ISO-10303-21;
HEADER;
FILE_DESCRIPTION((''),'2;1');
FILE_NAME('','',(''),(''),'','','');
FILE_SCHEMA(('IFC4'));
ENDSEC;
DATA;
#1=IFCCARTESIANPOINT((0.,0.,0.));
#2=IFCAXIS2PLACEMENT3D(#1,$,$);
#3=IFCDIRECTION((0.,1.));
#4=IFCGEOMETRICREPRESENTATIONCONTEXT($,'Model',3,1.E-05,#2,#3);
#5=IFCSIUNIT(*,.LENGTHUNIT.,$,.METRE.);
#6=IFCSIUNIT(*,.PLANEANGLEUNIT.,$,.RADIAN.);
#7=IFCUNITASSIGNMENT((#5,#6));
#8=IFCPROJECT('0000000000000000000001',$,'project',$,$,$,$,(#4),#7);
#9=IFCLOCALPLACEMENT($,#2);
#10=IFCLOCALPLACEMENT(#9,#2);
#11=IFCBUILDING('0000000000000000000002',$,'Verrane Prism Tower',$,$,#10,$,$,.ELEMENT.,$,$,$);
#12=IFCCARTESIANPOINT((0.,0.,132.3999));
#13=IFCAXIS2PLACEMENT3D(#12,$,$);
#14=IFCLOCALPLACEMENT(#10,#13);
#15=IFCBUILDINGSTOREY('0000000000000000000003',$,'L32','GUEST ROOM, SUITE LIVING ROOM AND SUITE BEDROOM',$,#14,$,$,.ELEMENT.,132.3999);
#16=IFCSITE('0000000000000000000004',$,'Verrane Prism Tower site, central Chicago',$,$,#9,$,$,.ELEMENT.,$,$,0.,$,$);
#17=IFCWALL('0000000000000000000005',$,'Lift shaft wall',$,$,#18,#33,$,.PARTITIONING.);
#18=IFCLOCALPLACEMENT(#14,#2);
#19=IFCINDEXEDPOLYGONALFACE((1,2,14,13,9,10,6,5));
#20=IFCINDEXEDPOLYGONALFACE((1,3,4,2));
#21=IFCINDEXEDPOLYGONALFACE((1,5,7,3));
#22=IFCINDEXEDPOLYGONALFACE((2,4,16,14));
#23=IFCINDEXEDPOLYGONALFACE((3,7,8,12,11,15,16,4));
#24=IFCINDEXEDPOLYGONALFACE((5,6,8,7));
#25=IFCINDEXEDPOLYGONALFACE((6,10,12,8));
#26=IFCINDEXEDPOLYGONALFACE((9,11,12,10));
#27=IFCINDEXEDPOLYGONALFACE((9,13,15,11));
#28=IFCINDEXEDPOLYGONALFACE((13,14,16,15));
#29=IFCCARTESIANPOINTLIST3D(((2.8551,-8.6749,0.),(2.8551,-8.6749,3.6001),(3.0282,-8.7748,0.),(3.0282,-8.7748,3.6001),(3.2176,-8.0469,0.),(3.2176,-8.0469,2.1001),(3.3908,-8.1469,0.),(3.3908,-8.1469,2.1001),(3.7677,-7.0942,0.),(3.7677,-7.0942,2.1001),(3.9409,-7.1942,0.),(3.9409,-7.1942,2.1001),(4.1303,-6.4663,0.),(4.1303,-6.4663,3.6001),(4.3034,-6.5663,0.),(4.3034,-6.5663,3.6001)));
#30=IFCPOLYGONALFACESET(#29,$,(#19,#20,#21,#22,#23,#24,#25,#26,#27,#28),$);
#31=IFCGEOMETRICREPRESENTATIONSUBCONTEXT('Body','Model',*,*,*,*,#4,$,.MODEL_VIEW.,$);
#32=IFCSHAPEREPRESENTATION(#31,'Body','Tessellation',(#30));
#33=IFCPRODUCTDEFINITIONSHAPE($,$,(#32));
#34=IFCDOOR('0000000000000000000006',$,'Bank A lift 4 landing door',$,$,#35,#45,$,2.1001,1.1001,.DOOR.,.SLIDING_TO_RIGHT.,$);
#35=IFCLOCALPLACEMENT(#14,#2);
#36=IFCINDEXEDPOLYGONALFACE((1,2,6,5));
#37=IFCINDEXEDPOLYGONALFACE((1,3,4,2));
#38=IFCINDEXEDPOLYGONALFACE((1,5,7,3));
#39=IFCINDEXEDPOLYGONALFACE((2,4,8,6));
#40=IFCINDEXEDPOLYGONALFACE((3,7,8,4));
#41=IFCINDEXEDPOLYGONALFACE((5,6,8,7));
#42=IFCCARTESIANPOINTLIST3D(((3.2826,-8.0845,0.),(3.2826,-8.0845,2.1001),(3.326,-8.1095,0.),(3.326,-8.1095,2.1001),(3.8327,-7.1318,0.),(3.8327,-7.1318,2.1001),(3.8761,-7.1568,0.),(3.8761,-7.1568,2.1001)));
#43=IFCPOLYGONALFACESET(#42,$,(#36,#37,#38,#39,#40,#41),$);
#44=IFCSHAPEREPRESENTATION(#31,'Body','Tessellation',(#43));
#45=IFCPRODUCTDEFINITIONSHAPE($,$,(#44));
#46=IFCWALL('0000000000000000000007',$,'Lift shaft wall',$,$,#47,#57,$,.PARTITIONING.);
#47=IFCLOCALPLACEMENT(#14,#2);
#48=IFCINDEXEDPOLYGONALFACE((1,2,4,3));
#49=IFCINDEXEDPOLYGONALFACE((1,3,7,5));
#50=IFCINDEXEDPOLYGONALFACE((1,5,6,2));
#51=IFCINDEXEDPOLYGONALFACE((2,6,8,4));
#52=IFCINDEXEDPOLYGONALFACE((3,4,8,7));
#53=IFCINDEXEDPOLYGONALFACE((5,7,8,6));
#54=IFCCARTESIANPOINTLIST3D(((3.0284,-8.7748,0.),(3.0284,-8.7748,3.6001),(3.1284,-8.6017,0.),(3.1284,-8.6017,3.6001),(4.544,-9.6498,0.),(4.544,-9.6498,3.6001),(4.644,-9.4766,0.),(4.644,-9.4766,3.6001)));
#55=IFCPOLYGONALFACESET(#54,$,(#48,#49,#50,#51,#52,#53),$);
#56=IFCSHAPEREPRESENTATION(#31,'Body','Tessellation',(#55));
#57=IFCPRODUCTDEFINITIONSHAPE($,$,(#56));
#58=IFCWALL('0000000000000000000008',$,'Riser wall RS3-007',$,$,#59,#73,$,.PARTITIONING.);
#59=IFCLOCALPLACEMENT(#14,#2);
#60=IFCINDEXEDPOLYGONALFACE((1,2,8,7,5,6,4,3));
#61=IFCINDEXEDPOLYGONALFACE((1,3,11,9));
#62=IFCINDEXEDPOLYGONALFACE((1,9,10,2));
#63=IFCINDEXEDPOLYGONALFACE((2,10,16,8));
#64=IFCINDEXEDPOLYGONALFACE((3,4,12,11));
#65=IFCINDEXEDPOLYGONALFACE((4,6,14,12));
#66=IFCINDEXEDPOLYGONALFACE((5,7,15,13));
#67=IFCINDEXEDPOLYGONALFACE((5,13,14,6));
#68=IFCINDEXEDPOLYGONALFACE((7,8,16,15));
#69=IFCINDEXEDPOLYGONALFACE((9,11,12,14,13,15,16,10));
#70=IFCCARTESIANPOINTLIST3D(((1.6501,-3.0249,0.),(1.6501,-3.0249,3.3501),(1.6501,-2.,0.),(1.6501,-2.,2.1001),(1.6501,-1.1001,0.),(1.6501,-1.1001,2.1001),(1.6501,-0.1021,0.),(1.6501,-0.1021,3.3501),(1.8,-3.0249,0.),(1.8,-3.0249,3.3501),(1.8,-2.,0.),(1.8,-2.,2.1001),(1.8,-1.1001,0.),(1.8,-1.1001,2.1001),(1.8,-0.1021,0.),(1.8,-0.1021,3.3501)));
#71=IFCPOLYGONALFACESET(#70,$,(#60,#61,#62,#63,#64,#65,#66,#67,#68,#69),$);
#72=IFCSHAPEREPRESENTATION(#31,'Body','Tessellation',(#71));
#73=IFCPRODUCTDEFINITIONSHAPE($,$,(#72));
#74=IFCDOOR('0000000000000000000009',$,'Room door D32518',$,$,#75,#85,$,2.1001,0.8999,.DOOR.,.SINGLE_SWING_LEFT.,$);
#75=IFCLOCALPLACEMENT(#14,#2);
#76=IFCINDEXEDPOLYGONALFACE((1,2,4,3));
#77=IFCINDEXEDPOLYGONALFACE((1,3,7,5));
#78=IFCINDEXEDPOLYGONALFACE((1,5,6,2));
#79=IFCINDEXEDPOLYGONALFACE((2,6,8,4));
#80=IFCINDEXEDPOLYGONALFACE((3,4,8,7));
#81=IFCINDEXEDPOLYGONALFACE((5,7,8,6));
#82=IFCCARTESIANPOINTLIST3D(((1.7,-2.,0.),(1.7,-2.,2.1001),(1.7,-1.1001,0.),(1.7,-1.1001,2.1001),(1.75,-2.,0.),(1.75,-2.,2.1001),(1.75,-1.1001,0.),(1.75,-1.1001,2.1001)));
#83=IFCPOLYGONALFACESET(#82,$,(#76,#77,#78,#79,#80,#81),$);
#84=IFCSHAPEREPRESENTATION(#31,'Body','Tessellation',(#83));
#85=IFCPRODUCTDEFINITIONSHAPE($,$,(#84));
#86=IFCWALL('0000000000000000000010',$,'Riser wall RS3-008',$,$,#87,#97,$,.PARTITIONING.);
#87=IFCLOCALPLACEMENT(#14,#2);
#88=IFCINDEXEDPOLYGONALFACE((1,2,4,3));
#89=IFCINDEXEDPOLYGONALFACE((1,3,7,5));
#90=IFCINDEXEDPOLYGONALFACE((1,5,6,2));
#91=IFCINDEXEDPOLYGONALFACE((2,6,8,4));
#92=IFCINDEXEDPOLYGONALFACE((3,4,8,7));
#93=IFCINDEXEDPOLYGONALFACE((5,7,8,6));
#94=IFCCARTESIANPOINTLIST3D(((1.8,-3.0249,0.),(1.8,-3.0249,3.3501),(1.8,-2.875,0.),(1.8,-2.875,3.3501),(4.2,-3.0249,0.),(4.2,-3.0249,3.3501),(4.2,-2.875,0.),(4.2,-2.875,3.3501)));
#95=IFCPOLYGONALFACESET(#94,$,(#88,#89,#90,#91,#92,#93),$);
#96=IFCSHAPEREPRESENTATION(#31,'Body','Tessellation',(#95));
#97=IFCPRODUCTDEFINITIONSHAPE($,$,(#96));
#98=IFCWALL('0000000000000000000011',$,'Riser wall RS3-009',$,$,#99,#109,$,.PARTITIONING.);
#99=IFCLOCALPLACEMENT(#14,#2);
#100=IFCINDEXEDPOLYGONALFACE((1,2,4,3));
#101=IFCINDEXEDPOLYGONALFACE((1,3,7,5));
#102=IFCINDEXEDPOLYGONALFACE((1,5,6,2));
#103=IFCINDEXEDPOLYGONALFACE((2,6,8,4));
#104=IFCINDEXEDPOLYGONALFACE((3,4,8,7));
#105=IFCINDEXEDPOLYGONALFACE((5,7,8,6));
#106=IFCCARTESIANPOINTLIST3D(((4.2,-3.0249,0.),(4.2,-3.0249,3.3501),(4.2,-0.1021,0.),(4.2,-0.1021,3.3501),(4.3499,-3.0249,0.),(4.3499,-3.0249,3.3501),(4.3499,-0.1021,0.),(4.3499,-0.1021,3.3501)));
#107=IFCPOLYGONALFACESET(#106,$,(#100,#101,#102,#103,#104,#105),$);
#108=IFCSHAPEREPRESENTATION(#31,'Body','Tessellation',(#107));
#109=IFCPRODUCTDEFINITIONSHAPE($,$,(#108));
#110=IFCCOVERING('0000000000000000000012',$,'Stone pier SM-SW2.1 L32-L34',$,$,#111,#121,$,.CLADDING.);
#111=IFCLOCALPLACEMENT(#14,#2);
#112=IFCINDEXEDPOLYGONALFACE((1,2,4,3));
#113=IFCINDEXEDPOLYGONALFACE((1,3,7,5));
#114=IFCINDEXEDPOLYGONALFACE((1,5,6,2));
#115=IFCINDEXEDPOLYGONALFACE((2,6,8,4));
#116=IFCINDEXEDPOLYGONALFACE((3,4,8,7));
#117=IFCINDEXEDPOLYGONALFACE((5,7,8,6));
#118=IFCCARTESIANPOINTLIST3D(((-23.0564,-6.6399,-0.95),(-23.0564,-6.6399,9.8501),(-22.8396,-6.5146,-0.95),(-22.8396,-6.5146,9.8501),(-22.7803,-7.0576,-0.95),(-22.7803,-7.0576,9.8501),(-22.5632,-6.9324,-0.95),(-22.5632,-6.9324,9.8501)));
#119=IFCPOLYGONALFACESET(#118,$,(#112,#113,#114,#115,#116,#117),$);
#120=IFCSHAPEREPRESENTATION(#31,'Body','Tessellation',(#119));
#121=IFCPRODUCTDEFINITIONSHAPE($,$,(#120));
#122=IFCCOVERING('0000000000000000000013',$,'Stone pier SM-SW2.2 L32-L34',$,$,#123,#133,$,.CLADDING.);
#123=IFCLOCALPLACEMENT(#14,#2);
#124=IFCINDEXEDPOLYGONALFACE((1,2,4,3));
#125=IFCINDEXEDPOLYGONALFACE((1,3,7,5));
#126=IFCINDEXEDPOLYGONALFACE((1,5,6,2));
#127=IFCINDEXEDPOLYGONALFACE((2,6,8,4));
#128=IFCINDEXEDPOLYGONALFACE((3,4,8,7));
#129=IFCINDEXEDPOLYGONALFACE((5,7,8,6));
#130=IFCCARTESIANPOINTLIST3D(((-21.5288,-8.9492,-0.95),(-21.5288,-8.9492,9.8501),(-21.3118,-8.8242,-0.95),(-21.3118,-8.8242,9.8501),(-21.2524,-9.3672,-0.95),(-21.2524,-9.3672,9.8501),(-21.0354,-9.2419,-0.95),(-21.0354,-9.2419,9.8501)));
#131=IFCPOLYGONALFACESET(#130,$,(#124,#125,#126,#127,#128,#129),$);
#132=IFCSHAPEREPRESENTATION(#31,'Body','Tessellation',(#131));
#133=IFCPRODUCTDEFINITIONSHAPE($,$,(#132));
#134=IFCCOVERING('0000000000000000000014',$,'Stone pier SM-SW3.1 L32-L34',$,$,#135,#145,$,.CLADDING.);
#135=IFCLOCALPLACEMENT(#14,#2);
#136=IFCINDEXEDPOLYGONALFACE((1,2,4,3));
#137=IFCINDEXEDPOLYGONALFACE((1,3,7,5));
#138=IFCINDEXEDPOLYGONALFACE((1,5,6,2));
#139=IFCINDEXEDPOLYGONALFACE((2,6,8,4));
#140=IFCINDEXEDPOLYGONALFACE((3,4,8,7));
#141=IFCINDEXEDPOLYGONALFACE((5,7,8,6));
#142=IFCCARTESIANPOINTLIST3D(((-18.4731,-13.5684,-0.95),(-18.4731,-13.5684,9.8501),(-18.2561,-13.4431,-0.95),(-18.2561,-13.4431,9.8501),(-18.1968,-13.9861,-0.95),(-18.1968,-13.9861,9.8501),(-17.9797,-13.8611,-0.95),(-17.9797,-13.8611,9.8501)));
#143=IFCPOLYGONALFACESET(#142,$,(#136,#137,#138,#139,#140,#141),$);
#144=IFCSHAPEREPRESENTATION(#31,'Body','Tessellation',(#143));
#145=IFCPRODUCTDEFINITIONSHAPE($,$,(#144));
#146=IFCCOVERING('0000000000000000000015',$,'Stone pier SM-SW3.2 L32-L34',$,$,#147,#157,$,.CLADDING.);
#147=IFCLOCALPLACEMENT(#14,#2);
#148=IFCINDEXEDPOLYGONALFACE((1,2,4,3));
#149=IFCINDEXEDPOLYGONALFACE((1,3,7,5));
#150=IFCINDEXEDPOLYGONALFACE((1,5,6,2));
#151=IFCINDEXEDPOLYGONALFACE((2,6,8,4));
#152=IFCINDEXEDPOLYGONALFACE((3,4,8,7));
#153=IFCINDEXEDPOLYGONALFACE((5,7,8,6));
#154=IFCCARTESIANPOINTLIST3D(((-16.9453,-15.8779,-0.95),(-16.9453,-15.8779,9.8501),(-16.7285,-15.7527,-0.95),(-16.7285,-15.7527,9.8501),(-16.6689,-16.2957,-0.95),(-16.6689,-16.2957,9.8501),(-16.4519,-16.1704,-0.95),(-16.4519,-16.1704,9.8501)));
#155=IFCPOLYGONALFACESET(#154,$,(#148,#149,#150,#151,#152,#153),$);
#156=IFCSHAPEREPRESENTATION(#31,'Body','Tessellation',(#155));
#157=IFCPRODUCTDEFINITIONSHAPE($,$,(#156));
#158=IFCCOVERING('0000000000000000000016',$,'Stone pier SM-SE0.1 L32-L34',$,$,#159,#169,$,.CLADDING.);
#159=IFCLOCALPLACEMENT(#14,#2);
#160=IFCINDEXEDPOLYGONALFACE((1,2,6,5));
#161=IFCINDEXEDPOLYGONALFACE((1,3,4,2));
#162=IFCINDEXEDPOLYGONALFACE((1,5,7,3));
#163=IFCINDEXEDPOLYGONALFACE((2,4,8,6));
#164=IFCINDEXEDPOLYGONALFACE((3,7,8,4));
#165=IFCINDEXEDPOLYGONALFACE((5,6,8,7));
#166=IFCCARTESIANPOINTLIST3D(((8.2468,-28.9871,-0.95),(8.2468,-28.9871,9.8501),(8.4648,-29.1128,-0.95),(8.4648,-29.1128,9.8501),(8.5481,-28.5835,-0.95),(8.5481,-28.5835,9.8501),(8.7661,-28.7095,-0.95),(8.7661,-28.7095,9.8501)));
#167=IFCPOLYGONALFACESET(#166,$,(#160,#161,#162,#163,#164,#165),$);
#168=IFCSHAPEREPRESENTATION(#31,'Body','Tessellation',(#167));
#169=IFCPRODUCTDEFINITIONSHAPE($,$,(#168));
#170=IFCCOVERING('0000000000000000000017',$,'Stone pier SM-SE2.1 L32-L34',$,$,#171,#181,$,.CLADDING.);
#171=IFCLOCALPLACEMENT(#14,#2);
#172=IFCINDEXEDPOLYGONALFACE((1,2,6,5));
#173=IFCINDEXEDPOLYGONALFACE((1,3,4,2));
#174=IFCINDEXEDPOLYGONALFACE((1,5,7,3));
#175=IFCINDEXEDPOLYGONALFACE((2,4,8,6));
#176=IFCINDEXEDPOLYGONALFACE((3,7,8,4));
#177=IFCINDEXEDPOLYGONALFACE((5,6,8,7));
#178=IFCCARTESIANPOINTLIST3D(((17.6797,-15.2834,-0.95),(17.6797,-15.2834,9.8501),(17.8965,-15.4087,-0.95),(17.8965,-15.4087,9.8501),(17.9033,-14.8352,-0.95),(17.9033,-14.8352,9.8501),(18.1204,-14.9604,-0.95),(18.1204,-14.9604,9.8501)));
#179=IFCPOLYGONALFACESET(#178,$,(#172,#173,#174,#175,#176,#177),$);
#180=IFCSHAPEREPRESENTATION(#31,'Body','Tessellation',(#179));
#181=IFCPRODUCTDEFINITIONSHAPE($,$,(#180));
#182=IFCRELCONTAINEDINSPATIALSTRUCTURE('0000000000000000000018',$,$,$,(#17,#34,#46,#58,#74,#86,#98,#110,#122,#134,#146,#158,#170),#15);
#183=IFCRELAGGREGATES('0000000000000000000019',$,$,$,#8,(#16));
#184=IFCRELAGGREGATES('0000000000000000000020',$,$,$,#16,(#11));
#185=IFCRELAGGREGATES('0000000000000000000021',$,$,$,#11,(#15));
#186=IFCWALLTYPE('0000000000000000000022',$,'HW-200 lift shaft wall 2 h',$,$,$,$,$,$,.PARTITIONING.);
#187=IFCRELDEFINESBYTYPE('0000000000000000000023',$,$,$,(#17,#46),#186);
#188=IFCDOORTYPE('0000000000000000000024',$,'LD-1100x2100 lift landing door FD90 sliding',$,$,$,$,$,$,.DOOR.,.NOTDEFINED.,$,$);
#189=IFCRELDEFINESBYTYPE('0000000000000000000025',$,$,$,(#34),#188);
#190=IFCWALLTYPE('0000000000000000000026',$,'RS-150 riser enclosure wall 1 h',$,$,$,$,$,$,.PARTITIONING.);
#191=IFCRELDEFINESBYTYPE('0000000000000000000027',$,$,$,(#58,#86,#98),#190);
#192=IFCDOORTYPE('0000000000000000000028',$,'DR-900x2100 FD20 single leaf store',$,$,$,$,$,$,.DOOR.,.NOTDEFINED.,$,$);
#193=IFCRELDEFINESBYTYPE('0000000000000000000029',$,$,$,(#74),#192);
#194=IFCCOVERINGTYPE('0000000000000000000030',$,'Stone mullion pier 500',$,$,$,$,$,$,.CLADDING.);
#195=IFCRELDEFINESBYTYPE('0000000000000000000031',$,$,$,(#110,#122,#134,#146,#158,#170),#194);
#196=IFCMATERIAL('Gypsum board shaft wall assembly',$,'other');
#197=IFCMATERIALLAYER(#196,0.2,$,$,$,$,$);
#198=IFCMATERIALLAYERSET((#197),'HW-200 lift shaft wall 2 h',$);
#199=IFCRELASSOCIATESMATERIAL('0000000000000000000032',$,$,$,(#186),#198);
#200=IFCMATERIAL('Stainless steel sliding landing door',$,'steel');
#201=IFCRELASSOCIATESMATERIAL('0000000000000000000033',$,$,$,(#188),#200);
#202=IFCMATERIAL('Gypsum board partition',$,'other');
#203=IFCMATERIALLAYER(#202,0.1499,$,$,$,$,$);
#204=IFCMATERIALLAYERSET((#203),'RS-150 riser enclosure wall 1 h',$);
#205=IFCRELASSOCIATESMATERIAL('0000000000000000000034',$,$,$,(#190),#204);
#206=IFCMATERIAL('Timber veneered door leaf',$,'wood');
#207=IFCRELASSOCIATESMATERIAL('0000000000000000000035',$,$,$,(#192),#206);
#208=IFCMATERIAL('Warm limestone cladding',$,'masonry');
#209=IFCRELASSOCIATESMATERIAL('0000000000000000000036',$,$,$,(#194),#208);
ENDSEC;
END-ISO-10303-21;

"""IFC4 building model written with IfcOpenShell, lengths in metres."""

from ifc_helpers import new_model, si_unit, direction, frame, frame_2d, origin, place, context, subcontext, project, spatial, polyline, rectangle, outline, extrude, material, layer, layer_set, type_object, element, fill, save


model = new_model("IFC4")

# Units and contexts
model_context = context("Model", 3, precision=1e-05, world=origin(), true_north=direction((0.0, 1.0)))
body_context = subcontext(model_context, "Body", "Model", "MODEL_VIEW")
ifc_project = project(units=[si_unit("LENGTHUNIT", "METRE"), si_unit("PLANEANGLEUNIT", "RADIAN")], contexts=[model_context])

# Site, building, storey
site_placement = place(None, origin())
site = spatial("IfcSite", under=ifc_project, at=site_placement, Name="Verrane Prism Tower site, central Chicago", CompositionType="ELEMENT", RefElevation=0.0)
building_placement = place(site_placement, origin())
building = spatial("IfcBuilding", under=site, at=building_placement, Name="Verrane Prism Tower", CompositionType="ELEMENT")
storey_placement = place(building_placement, frame((0.0, 0.0, 132.3999)))
storey = spatial("IfcBuildingStorey", under=building, at=storey_placement, Name="L32", Description="GUEST ROOM, SUITE LIVING ROOM AND SUITE BEDROOM", CompositionType="ELEMENT", Elevation=132.3999)

# Shared definitions
ifc_material_1 = material(Name="Gypsum board shaft wall assembly", Category="other")
ifc_layer_1 = layer(ifc_material_1, 0.2)
ifc_layer_set_1 = layer_set([ifc_layer_1], Name="HW-200 lift shaft wall 2 h")
wall_type_1 = type_object("IfcWallType", Name="HW-200 lift shaft wall 2 h", PredefinedType="PARTITIONING", material=ifc_layer_set_1)

# Wall, opening, door
wall_1_placement = place(storey_placement, frame((2.9417, -8.7249, 0.0), z_axis=(0.0, 0.0, 1.0), x_axis=(0.500021, 0.866013, 0.0)))
wall_1 = element("IfcWall", 1, at=wall_1_placement, inside=storey, type_object=wall_type_1, Name="Lift shaft wall", PredefinedType="PARTITIONING", context=body_context, shape_type="SweptSolid", body=[
    extrude(rectangle(XDim=2.5503, YDim=0.2, at=frame_2d((1.2751, 0.0))), origin(), (0.0, 0.0, 1.0), 3.6001),
])
opening_1_placement = place(wall_1_placement, frame((0.7251, 0.0, 0.0)))
opening_1 = element("IfcOpeningElement", 2, at=opening_1_placement, cuts=wall_1, PredefinedType="OPENING", context=body_context, shape_type="SweptSolid", body=[
    extrude(rectangle(XDim=1.1001, YDim=2.1001, at=frame_2d((0.55, 1.05))), frame((0.0, 0.1099, 0.0), z_axis=(0.0, -1.0, 0.0), x_axis=(1.0, 0.0, 0.0)), (0.0, 0.0, 1.0), 0.22),
])
ifc_material_2 = material(Name="Stainless steel sliding landing door", Category="steel")
door_type_1 = type_object("IfcDoorType", Name="LD-1100x2100 lift landing door FD90 sliding", OperationType="NOTDEFINED", PredefinedType="DOOR", material=ifc_material_2)
door_1_placement = place(opening_1_placement, origin())
door_1 = element("IfcDoor", 3, at=door_1_placement, inside=storey, type_object=door_type_1, Name="Bank A lift 4 landing door", OperationType="SLIDING_TO_RIGHT", OverallHeight=2.1001, OverallWidth=1.1001, PredefinedType="DOOR", context=body_context, shape_type="SweptSolid", body=[
    extrude(rectangle(XDim=1.1001, YDim=2.1001, at=frame_2d((0.55, 1.05))), frame((0.0, 0.0249, 0.0), z_axis=(0.0, -1.0, 0.0), x_axis=(1.0, 0.0, 0.0)), (0.0, 0.0, 1.0), 0.05),
])
fill(opening_1, door_1)

# Wall
wall_2_placement = place(storey_placement, frame((4.594, -9.5632, 0.0), z_axis=(0.0, 0.0, 1.0), x_axis=(-0.866037, 0.49998, 0.0)))
element("IfcWall", 4, at=wall_2_placement, inside=storey, type_object=wall_type_1, Name="Lift shaft wall", PredefinedType="PARTITIONING", context=body_context, shape_type="SweptSolid", body=[
    extrude(rectangle(XDim=1.75, YDim=0.2, at=frame_2d((0.875, 0.0))), origin(), (0.0, 0.0, 1.0), 3.6001),
])

# Wall, opening, door
ifc_material_3 = material(Name="Gypsum board partition", Category="other")
ifc_layer_2 = layer(ifc_material_3, 0.1499)
ifc_layer_set_2 = layer_set([ifc_layer_2], Name="RS-150 riser enclosure wall 1 h")
wall_type_2 = type_object("IfcWallType", Name="RS-150 riser enclosure wall 1 h", PredefinedType="PARTITIONING", material=ifc_layer_set_2)
wall_3_placement = place(storey_placement, frame((1.7251, -0.1021, 0.0), z_axis=(0.0, 0.0, 1.0), x_axis=(0.0, -1.0, 0.0)))
wall_3 = element("IfcWall", 5, at=wall_3_placement, inside=storey, type_object=wall_type_2, Name="Riser wall RS3-007", PredefinedType="PARTITIONING", context=body_context, shape_type="SweptSolid", body=[
    extrude(rectangle(XDim=2.9229, YDim=0.1499, at=frame_2d((1.4614, 0.0))), origin(), (0.0, 0.0, 1.0), 3.3501),
])
opening_2_placement = place(wall_3_placement, frame((0.998, 0.0, 0.0)))
opening_2 = element("IfcOpeningElement", 6, at=opening_2_placement, cuts=wall_3, PredefinedType="OPENING", context=body_context, shape_type="SweptSolid", body=[
    extrude(rectangle(XDim=0.8999, YDim=2.1001, at=frame_2d((0.45, 1.05))), frame((0.0, 0.085, 0.0), z_axis=(0.0, -1.0, 0.0), x_axis=(1.0, 0.0, 0.0)), (0.0, 0.0, 1.0), 0.1699),
])
ifc_material_4 = material(Name="Timber veneered door leaf", Category="wood")
door_type_2 = type_object("IfcDoorType", Name="DR-900x2100 FD20 single leaf store", OperationType="NOTDEFINED", PredefinedType="DOOR", material=ifc_material_4)
door_2_placement = place(opening_2_placement, origin())
door_2 = element("IfcDoor", 7, at=door_2_placement, inside=storey, type_object=door_type_2, Name="Room door D32518", OperationType="SINGLE_SWING_LEFT", OverallHeight=2.1001, OverallWidth=0.8999, PredefinedType="DOOR", context=body_context, shape_type="SweptSolid", body=[
    extrude(rectangle(XDim=0.8999, YDim=2.1001, at=frame_2d((0.45, 1.05))), frame((0.0, 0.0249, 0.0), z_axis=(0.0, -1.0, 0.0), x_axis=(1.0, 0.0, 0.0)), (0.0, 0.0, 1.0), 0.05),
])
fill(opening_2, door_2)

# Walls
wall_4_placement = place(storey_placement, frame((1.8, -2.95, 0.0), z_axis=(0.0, 0.0, 1.0), x_axis=(1.0, 0.0, 0.0)))
element("IfcWall", 8, at=wall_4_placement, inside=storey, type_object=wall_type_2, Name="Riser wall RS3-008", PredefinedType="PARTITIONING", context=body_context, shape_type="SweptSolid", body=[
    extrude(rectangle(XDim=2.3999, YDim=0.1499, at=frame_2d((1.2, 0.0))), origin(), (0.0, 0.0, 1.0), 3.3501),
])
wall_5_placement = place(storey_placement, frame((4.2749, -3.0249, 0.0), z_axis=(0.0, 0.0, 1.0), x_axis=(0.0, 1.0, 0.0)))
element("IfcWall", 9, at=wall_5_placement, inside=storey, type_object=wall_type_2, Name="Riser wall RS3-009", PredefinedType="PARTITIONING", context=body_context, shape_type="SweptSolid", body=[
    extrude(rectangle(XDim=2.9229, YDim=0.1499, at=frame_2d((1.4614, 0.0))), origin(), (0.0, 0.0, 1.0), 3.3501),
])

# Coverings
ifc_material_5 = material(Name="Warm limestone cladding", Category="masonry")
covering_type_1 = type_object("IfcCoveringType", Name="Stone mullion pier 500", PredefinedType="CLADDING", material=ifc_material_5)
covering_1_placement = place(storey_placement, frame((0.0, 0.0, -0.95)))
element("IfcCovering", 10, at=covering_1_placement, inside=storey, type_object=covering_type_1, Name="Stone pier SM-SW2.1 L32-L34", PredefinedType="CLADDING", context=body_context, shape_type="SweptSolid", body=[
    extrude(outline(polyline([(-22.5632, -6.9324), (-22.8396, -6.5146), (-23.0564, -6.6399), (-22.7803, -7.0576), (-22.5632, -6.9324)])), origin(), (0.0, 0.0, 1.0), 10.8),
])
covering_2_placement = place(storey_placement, frame((0.0, 0.0, -0.95)))
element("IfcCovering", 11, at=covering_2_placement, inside=storey, type_object=covering_type_1, Name="Stone pier SM-SW2.2 L32-L34", PredefinedType="CLADDING", context=body_context, shape_type="SweptSolid", body=[
    extrude(outline(polyline([(-21.0354, -9.2419), (-21.3118, -8.8242), (-21.5288, -8.9492), (-21.2524, -9.3672), (-21.0354, -9.2419)])), origin(), (0.0, 0.0, 1.0), 10.8),
])
covering_3_placement = place(storey_placement, frame((0.0, 0.0, -0.95)))
element("IfcCovering", 12, at=covering_3_placement, inside=storey, type_object=covering_type_1, Name="Stone pier SM-SW3.1 L32-L34", PredefinedType="CLADDING", context=body_context, shape_type="SweptSolid", body=[
    extrude(outline(polyline([(-17.9797, -13.8611), (-18.2561, -13.4431), (-18.4731, -13.5684), (-18.1968, -13.9861), (-17.9797, -13.8611)])), origin(), (0.0, 0.0, 1.0), 10.8),
])
covering_4_placement = place(storey_placement, frame((0.0, 0.0, -0.95)))
element("IfcCovering", 13, at=covering_4_placement, inside=storey, type_object=covering_type_1, Name="Stone pier SM-SW3.2 L32-L34", PredefinedType="CLADDING", context=body_context, shape_type="SweptSolid", body=[
    extrude(outline(polyline([(-16.4519, -16.1704), (-16.7285, -15.7527), (-16.9453, -15.8779), (-16.6689, -16.2957), (-16.4519, -16.1704)])), origin(), (0.0, 0.0, 1.0), 10.8),
])
covering_5_placement = place(storey_placement, frame((0.0, 0.0, -0.95)))
element("IfcCovering", 14, at=covering_5_placement, inside=storey, type_object=covering_type_1, Name="Stone pier SM-SE0.1 L32-L34", PredefinedType="CLADDING", context=body_context, shape_type="SweptSolid", body=[
    extrude(outline(polyline([(8.5481, -28.5835), (8.2468, -28.9871), (8.4648, -29.1128), (8.7661, -28.7095), (8.5481, -28.5835)])), origin(), (0.0, 0.0, 1.0), 10.8),
])
covering_6_placement = place(storey_placement, frame((0.0, 0.0, -0.95)))
element("IfcCovering", 15, at=covering_6_placement, inside=storey, type_object=covering_type_1, Name="Stone pier SM-SE2.1 L32-L34", PredefinedType="CLADDING", context=body_context, shape_type="SweptSolid", body=[
    extrude(outline(polyline([(17.9033, -14.8352), (17.6797, -15.2834), (17.8965, -15.4087), (18.1204, -14.9604), (17.9033, -14.8352)])), origin(), (0.0, 0.0, 1.0), 10.8),
])

save(model, "model.ifc")
